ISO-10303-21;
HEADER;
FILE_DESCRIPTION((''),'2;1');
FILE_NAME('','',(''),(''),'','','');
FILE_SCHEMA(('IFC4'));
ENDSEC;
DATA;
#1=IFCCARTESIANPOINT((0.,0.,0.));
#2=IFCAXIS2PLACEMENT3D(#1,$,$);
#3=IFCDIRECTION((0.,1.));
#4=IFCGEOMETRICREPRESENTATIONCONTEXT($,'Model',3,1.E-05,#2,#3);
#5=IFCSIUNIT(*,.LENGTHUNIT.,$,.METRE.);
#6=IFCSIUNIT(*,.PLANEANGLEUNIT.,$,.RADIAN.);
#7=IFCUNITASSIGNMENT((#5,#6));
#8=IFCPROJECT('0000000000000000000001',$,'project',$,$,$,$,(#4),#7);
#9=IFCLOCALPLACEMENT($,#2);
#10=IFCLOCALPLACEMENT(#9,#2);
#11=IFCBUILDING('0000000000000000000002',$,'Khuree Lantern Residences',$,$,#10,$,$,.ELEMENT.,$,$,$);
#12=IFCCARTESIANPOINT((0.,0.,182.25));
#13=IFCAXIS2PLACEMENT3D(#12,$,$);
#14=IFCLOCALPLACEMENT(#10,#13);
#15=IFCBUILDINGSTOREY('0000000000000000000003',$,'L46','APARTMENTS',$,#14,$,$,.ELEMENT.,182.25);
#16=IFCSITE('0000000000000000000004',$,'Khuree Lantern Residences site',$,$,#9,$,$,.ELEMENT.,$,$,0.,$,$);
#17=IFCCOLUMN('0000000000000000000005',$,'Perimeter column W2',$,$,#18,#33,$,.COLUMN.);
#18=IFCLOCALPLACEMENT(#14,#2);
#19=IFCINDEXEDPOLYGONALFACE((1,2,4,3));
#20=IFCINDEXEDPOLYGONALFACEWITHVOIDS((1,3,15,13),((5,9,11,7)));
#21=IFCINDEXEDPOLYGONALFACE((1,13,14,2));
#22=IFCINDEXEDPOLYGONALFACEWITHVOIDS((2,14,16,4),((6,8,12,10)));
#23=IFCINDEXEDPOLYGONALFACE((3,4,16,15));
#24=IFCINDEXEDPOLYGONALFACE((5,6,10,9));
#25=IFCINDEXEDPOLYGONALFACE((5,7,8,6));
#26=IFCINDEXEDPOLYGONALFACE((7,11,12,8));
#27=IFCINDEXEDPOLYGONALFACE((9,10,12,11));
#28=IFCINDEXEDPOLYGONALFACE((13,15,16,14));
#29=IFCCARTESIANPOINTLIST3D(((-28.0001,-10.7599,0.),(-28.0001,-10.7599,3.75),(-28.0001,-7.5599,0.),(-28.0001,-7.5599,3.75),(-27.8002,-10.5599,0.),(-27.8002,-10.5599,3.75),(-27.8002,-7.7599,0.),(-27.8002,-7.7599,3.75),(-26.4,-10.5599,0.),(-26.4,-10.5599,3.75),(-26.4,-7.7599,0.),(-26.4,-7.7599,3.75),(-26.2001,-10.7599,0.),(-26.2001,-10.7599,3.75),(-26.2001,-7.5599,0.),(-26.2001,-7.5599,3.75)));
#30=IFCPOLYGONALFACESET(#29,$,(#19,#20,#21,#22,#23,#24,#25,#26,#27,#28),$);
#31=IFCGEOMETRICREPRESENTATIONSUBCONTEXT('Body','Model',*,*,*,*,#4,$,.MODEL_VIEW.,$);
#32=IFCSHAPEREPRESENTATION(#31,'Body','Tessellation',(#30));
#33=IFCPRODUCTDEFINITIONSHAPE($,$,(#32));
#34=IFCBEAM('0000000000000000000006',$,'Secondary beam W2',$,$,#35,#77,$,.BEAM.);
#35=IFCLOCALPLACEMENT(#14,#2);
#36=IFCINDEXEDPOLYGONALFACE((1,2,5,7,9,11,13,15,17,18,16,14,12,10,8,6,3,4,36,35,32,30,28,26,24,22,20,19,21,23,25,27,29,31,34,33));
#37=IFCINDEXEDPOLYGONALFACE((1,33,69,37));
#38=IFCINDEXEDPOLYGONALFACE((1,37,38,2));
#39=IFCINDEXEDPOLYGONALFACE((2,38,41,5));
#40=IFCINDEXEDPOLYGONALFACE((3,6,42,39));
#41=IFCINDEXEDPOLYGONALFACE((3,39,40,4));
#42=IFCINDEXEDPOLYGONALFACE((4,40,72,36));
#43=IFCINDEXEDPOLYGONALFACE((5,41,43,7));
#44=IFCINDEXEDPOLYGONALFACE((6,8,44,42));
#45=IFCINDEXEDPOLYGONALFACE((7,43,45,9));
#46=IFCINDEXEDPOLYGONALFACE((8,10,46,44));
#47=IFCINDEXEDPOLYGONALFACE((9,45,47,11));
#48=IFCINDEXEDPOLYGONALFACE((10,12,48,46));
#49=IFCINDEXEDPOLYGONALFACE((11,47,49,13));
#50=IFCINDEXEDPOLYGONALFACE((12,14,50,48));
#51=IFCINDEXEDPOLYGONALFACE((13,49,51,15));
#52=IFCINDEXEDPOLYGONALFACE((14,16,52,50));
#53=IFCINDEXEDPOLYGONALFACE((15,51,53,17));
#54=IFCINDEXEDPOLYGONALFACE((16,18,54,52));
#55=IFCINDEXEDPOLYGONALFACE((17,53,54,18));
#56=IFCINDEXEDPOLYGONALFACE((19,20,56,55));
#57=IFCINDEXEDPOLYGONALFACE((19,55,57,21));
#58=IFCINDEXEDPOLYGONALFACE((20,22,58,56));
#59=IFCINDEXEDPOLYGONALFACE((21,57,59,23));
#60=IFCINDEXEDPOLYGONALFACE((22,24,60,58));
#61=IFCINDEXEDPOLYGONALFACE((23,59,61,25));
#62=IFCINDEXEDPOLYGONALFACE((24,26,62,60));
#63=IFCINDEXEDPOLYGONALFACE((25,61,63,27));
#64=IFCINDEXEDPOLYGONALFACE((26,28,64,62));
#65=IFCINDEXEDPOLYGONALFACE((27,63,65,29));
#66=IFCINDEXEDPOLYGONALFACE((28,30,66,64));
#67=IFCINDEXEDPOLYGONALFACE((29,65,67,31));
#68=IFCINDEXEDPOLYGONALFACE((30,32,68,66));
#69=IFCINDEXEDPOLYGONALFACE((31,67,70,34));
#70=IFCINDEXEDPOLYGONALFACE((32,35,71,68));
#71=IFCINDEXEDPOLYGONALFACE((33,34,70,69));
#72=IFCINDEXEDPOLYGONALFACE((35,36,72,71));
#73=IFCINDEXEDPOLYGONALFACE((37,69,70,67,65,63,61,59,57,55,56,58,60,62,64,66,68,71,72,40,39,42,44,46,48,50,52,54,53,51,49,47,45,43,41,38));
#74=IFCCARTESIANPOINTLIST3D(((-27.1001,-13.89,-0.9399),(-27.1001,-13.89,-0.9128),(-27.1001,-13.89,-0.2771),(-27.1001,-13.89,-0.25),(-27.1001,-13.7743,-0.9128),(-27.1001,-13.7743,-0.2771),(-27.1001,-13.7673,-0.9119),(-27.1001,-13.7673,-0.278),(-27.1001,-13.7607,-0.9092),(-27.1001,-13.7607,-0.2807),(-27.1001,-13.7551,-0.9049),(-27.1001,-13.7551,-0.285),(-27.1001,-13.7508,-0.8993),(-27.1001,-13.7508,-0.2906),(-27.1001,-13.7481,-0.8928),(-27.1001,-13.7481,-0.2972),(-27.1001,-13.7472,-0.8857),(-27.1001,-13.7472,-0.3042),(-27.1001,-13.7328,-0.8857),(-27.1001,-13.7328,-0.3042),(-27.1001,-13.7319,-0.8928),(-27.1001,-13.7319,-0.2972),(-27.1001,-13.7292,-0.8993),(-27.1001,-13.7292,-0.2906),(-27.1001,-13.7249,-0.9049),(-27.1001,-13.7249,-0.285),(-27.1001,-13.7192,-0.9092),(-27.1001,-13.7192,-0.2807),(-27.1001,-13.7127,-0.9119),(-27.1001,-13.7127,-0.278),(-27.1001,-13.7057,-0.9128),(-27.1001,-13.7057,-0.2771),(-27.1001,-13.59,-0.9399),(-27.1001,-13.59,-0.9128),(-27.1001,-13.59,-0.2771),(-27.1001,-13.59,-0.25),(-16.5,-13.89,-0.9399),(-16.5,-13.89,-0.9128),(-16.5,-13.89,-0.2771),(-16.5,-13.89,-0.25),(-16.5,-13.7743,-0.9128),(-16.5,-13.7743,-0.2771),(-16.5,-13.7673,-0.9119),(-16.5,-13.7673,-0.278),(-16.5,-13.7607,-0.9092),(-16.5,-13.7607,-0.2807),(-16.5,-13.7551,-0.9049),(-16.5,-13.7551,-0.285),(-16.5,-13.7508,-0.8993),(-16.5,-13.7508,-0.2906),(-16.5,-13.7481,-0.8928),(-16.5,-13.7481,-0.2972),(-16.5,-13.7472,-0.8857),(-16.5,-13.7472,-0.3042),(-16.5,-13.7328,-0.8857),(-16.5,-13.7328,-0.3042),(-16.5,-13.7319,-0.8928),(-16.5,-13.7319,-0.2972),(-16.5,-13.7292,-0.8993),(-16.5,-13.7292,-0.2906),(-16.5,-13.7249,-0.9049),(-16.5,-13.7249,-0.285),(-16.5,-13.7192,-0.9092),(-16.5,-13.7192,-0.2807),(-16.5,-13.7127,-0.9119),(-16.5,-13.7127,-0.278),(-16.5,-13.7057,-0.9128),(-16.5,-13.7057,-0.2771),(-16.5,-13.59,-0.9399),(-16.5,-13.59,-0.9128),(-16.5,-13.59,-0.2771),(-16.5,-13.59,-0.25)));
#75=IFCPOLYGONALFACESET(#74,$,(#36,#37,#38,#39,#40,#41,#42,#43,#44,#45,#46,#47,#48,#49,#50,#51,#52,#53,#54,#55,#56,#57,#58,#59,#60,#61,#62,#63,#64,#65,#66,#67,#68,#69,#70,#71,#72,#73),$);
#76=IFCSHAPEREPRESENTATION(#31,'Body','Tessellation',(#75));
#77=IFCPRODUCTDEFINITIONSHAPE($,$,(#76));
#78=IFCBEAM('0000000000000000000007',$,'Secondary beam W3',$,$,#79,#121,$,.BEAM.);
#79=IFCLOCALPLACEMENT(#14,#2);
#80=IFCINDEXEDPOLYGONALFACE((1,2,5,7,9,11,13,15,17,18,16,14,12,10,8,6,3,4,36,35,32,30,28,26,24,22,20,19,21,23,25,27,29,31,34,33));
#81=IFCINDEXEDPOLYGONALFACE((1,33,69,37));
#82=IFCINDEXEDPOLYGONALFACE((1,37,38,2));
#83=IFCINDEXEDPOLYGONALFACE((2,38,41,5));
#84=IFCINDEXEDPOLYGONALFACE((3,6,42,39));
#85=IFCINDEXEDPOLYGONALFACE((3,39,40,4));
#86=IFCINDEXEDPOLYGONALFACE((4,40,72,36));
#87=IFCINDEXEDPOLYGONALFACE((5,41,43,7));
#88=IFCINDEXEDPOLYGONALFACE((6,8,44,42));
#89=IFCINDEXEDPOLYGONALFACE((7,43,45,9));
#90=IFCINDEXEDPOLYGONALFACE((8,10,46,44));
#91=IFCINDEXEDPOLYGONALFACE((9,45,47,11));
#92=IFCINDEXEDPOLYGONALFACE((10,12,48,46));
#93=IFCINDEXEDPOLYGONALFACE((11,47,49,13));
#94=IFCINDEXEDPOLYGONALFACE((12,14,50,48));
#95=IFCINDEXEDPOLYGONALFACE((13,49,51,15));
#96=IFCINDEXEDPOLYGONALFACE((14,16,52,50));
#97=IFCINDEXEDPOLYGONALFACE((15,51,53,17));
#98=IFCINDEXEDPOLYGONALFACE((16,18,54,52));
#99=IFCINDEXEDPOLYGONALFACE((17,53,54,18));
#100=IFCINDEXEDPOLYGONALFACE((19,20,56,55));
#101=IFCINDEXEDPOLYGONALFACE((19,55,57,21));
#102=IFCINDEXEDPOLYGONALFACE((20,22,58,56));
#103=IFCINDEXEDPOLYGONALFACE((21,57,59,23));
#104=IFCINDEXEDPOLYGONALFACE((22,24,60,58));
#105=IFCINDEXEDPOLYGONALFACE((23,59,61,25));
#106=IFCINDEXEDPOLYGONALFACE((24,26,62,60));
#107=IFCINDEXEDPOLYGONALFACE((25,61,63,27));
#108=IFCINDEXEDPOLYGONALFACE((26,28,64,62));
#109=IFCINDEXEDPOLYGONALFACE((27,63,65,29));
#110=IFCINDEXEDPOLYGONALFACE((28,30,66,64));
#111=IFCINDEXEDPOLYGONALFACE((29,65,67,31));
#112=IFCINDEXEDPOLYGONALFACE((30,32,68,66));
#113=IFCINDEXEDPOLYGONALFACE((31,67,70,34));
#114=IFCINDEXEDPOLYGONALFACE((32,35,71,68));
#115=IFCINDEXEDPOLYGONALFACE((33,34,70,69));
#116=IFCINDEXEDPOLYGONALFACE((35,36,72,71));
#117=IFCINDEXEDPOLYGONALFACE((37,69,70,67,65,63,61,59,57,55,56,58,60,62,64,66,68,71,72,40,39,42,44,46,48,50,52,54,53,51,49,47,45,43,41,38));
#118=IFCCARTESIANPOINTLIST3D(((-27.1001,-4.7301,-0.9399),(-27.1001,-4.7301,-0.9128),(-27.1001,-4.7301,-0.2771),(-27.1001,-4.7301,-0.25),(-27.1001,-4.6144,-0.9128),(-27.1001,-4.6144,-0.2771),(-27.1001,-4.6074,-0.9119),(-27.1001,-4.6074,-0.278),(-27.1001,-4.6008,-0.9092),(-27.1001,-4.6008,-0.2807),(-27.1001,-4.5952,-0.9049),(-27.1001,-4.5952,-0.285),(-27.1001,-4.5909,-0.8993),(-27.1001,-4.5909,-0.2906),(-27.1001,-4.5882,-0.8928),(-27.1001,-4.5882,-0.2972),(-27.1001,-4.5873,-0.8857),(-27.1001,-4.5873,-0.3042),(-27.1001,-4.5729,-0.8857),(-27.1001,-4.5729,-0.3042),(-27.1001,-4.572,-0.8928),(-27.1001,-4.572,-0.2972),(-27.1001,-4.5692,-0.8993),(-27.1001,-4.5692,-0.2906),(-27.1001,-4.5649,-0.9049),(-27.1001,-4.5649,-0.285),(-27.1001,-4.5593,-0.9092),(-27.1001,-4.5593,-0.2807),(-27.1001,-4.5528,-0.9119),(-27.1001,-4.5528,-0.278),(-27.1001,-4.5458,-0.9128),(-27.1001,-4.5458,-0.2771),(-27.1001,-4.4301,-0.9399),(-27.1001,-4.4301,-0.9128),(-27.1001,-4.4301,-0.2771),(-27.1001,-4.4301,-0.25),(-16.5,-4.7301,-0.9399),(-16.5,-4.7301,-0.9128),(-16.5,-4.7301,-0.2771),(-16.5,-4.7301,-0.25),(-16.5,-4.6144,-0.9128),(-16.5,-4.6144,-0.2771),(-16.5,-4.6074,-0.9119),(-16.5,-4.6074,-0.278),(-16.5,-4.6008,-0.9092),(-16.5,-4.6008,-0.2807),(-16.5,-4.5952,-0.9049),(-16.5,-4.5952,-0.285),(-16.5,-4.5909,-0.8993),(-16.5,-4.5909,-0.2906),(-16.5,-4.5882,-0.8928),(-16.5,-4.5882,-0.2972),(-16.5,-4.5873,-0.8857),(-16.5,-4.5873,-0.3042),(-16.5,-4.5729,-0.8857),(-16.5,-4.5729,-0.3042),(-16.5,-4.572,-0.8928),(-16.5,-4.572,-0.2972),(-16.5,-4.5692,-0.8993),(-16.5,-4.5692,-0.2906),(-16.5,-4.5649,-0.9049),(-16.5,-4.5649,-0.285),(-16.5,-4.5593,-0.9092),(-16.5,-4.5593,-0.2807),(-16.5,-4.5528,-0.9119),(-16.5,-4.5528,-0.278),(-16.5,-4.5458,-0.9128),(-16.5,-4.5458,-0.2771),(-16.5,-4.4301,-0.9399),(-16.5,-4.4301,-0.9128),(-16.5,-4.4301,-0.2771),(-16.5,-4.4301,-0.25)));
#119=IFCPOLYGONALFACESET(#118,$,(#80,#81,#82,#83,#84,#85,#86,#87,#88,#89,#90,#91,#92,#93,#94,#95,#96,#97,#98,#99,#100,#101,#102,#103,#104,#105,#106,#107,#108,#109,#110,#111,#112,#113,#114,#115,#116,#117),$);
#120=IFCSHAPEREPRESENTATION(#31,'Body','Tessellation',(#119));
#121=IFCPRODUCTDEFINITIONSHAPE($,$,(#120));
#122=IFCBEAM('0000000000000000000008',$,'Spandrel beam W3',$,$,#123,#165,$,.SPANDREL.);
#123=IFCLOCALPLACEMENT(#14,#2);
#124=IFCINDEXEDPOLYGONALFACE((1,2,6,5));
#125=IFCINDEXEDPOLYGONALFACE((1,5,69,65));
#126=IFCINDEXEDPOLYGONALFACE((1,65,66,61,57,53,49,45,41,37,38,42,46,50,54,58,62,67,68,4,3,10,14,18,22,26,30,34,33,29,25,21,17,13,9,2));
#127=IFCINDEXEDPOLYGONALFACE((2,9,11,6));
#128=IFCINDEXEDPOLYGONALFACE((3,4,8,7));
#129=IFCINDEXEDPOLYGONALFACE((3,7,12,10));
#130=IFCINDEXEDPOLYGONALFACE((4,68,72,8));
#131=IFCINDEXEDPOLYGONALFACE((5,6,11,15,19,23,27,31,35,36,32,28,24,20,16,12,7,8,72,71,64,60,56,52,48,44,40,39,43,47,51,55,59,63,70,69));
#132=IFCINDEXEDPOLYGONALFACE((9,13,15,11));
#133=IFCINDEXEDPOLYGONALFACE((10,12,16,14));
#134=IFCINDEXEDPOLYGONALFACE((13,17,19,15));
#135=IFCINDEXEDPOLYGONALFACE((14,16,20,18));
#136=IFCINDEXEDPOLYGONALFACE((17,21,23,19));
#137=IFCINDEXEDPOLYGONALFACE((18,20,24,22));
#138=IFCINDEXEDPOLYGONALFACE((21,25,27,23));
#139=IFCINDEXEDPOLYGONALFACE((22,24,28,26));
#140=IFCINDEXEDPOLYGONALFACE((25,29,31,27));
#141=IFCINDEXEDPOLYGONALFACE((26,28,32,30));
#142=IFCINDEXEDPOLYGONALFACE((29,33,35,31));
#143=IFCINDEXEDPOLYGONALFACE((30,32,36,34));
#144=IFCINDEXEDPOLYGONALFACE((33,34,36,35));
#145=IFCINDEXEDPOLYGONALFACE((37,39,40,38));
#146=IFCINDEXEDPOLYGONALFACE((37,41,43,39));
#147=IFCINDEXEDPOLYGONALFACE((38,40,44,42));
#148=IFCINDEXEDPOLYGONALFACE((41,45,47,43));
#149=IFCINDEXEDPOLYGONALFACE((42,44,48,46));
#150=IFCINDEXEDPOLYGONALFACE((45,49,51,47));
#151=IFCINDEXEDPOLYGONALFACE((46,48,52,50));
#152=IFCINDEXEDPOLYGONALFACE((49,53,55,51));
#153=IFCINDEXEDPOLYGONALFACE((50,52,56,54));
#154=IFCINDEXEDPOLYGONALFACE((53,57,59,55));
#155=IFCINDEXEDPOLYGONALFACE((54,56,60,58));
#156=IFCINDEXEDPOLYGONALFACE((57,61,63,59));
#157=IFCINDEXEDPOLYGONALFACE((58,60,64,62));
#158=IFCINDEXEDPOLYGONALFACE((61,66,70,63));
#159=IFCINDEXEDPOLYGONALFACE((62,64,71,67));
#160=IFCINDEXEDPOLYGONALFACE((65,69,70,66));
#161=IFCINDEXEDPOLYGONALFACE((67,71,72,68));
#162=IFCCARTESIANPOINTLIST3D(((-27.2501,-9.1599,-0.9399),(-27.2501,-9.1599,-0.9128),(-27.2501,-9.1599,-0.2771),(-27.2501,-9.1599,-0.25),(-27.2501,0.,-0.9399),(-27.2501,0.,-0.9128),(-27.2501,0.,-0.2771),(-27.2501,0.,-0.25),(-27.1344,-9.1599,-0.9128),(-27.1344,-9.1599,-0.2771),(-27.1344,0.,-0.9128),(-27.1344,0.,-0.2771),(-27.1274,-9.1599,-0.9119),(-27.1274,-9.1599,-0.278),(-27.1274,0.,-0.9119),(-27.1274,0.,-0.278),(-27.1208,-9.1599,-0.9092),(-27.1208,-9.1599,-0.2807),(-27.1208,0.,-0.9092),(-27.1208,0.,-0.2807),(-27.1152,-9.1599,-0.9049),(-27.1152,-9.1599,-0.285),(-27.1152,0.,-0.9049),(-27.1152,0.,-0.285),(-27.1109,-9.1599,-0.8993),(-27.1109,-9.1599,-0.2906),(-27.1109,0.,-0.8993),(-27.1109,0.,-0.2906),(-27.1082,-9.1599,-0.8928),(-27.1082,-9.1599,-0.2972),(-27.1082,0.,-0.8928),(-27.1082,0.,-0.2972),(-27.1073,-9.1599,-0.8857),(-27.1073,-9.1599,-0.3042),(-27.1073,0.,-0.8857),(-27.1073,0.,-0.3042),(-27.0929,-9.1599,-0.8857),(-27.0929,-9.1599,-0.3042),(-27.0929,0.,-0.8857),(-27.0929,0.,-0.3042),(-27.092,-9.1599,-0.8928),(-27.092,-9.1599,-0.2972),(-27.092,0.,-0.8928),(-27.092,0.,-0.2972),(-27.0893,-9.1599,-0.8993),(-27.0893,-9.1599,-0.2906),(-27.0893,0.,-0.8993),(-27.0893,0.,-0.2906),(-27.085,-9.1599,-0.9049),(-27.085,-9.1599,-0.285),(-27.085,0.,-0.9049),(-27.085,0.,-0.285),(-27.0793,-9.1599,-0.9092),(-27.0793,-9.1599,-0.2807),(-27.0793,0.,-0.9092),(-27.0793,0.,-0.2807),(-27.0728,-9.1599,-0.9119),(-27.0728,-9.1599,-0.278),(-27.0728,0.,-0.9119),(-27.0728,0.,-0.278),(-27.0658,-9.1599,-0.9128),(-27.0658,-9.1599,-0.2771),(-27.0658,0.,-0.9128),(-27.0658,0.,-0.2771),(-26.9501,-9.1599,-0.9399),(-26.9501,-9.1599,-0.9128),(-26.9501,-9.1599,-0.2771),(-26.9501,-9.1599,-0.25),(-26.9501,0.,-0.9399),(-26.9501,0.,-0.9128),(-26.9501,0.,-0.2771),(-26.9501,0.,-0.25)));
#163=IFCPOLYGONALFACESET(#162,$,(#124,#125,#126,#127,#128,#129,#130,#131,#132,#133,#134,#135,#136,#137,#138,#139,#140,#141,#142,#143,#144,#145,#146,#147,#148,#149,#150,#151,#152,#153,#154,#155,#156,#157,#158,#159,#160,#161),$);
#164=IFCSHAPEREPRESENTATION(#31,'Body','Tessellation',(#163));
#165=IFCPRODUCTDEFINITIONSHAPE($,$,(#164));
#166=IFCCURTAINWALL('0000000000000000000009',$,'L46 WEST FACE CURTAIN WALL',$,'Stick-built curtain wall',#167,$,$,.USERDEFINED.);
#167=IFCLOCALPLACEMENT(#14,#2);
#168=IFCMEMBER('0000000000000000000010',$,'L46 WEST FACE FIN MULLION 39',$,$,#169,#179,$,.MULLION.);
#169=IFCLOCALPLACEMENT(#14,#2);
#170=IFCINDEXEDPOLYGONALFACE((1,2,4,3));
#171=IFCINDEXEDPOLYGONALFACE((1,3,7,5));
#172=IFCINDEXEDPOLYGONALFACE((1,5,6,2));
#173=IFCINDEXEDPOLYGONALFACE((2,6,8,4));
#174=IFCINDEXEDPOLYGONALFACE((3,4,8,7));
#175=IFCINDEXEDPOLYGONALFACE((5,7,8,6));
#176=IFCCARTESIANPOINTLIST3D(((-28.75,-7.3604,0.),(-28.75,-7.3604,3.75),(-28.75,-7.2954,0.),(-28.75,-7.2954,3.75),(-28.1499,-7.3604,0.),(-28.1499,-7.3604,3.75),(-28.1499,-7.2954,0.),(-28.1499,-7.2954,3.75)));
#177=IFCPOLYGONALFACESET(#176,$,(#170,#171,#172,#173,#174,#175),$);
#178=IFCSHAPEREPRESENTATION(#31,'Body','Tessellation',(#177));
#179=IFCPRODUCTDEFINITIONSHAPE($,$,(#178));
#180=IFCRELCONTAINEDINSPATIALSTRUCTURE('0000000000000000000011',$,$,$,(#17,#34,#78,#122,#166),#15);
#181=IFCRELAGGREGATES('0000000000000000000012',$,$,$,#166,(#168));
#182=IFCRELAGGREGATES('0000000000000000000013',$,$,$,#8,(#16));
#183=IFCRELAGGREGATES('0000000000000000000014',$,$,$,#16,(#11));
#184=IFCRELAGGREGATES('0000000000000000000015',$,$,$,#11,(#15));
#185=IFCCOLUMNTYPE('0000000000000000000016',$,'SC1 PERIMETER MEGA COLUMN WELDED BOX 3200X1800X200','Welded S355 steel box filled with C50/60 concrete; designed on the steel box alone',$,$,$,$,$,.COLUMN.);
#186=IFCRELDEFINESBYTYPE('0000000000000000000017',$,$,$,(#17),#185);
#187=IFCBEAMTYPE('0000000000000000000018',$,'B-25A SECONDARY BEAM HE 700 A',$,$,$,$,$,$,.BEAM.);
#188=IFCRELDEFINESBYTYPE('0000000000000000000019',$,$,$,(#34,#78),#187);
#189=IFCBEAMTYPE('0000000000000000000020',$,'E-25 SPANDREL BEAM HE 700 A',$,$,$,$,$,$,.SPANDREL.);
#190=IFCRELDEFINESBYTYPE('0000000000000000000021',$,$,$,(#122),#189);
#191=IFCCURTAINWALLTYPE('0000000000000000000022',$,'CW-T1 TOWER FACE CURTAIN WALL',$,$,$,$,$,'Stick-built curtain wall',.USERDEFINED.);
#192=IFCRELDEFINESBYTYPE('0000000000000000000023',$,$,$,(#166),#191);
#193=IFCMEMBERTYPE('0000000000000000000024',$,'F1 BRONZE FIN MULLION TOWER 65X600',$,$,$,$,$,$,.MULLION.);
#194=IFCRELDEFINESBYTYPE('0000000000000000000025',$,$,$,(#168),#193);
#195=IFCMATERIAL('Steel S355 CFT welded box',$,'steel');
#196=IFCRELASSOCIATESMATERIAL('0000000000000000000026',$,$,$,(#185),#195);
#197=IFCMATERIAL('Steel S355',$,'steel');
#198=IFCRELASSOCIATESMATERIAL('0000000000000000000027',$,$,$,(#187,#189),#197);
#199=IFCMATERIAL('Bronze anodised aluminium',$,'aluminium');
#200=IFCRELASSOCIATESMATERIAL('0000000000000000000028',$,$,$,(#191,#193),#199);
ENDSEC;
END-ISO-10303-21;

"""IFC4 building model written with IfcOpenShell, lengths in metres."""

from ifc_helpers import new_model, si_unit, direction, frame, origin, origin_2d, place, context, subcontext, project, spatial, rectangle, hollow_rectangle, i_section, extrude, material, material_profile, profile_set, type_object, element, aggregate, save


model = new_model("IFC4")

# Units and contexts
model_context = context("Model", 3, precision=1e-05, world=origin(), true_north=direction((0.0, 1.0)))
body_context = subcontext(model_context, "Body", "Model", "MODEL_VIEW")
ifc_project = project(units=[si_unit("LENGTHUNIT", "METRE"), si_unit("PLANEANGLEUNIT", "RADIAN")], contexts=[model_context])

# Site, building, storey
site_placement = place(None, origin())
site = spatial("IfcSite", under=ifc_project, at=site_placement, Name="Khuree Lantern Residences site", CompositionType="ELEMENT", RefElevation=0.0)
building_placement = place(site_placement, origin())
building = spatial("IfcBuilding", under=site, at=building_placement, Name="Khuree Lantern Residences", CompositionType="ELEMENT")
storey_placement = place(building_placement, frame((0.0, 0.0, 182.25)))
storey = spatial("IfcBuildingStorey", under=building, at=storey_placement, Name="L46", Description="APARTMENTS", CompositionType="ELEMENT", Elevation=182.25)

# Column
ifc_material_1 = material(Name="Steel S355 CFT welded box", Category="steel")
ifc_material_profile_1 = material_profile(ifc_material_1, hollow_rectangle(XDim=3.2, YDim=1.8, WallThickness=0.2, at=origin_2d()), Name="WELDED BOX 3200X1800X200")
ifc_profile_set_1 = profile_set([ifc_material_profile_1], Name="Steel S355 CFT welded box")
column_type = type_object("IfcColumnType", Name="SC1 PERIMETER MEGA COLUMN WELDED BOX 3200X1800X200", Description="Welded S355 steel box filled with C50/60 concrete; designed on the steel box alone", PredefinedType="COLUMN", material=ifc_profile_set_1)
column_placement = place(storey_placement, frame((-27.1001, -9.1599, 0.0), z_axis=(0.0, 0.0, 1.0), x_axis=(0.0, 1.0, 0.0)))
element("IfcColumn", 1, at=column_placement, inside=storey, type_object=column_type, Name="Perimeter column W2", PredefinedType="COLUMN", context=body_context, shape_type="SweptSolid", body=[
    extrude(hollow_rectangle(XDim=3.2, YDim=1.8, WallThickness=0.2, at=origin_2d()), origin(), (0.0, 0.0, 1.0), 3.75),
])

# Beams
ifc_material_2 = material(Name="Steel S355", Category="steel")
ifc_material_profile_2 = material_profile(ifc_material_2, i_section(OverallWidth=0.3, OverallDepth=0.6899, WebThickness=0.0144, FlangeThickness=0.0271, FilletRadius=0.0271, at=origin_2d()), Name="HE 700 A")
ifc_profile_set_2 = profile_set([ifc_material_profile_2], Name="Steel S355")
beam_type_1 = type_object("IfcBeamType", Name="B-25A SECONDARY BEAM HE 700 A", PredefinedType="BEAM", material=ifc_profile_set_2)
for number, where, z_axis, x_axis, name in (
    (2, (-27.1001, -13.74, -0.595), (1.0, 0.0, 0.0), (0.0, 1.0, 0.0), "Secondary beam W2"),
    (3, (-27.1001, -4.5801, -0.595), (1.0, 0.0, 0.0), (0.0, 1.0, 0.0), "Secondary beam W3"),
):
    element("IfcBeam", number, at=place(storey_placement, frame(where, z_axis=z_axis, x_axis=x_axis)), inside=storey, type_object=beam_type_1, Name=name, PredefinedType="BEAM", context=body_context, shape_type="SweptSolid", body=[
        extrude(i_section(OverallWidth=0.3, OverallDepth=0.6899, WebThickness=0.0144, FlangeThickness=0.0271, FilletRadius=0.0271, at=origin_2d()), origin(), (0.0, 0.0, 1.0), 10.6001),
    ])
ifc_material_profile_3 = material_profile(ifc_material_2, i_section(OverallWidth=0.3, OverallDepth=0.6899, WebThickness=0.0144, FlangeThickness=0.0271, FilletRadius=0.0271, at=origin_2d()), Name="HE 700 A")
ifc_profile_set_3 = profile_set([ifc_material_profile_3], Name="Steel S355")
beam_type_2 = type_object("IfcBeamType", Name="E-25 SPANDREL BEAM HE 700 A", PredefinedType="SPANDREL", material=ifc_profile_set_3)
beam_1_placement = place(storey_placement, frame((-27.1001, -9.1599, -0.595), z_axis=(0.0, 1.0, 0.0), x_axis=(-1.0, 0.0, 0.0)))
element("IfcBeam", 4, at=beam_1_placement, inside=storey, type_object=beam_type_2, Name="Spandrel beam W3", PredefinedType="SPANDREL", context=body_context, shape_type="SweptSolid", body=[
    extrude(i_section(OverallWidth=0.3, OverallDepth=0.6899, WebThickness=0.0144, FlangeThickness=0.0271, FilletRadius=0.0271, at=origin_2d()), origin(), (0.0, 0.0, 1.0), 9.1599),
])

# Curtain wall, member
ifc_material_3 = material(Name="Bronze anodised aluminium", Category="aluminium")
curtain_wall_type = type_object("IfcCurtainWallType", Name="CW-T1 TOWER FACE CURTAIN WALL", ElementType="Stick-built curtain wall", PredefinedType="USERDEFINED", material=ifc_material_3)
curtain_wall_placement = place(storey_placement, origin())
curtain_wall = element("IfcCurtainWall", 5, at=curtain_wall_placement, inside=storey, type_object=curtain_wall_type, Name="L46 WEST FACE CURTAIN WALL", ObjectType="Stick-built curtain wall", PredefinedType="USERDEFINED")
ifc_material_profile_4 = material_profile(ifc_material_3, rectangle(XDim=0.0649, YDim=0.6001, at=origin_2d()), Name="F1 65X600")
ifc_profile_set_4 = profile_set([ifc_material_profile_4], Name="Bronze anodised aluminium")
member_type_1 = type_object("IfcMemberType", Name="F1 BRONZE FIN MULLION TOWER 65X600", PredefinedType="MULLION", material=ifc_profile_set_4)
member_1_placement = place(storey_placement, frame((-28.45, -7.3279, 0.0), z_axis=(0.0, 0.0, 1.0), x_axis=(0.0, -1.0, 0.0)))
member_1 = element("IfcMember", 6, at=member_1_placement, type_object=member_type_1, Name="L46 WEST FACE FIN MULLION 39", PredefinedType="MULLION", context=body_context, shape_type="SweptSolid", body=[
    extrude(rectangle(XDim=0.0649, YDim=0.6001, at=origin_2d()), origin(), (0.0, 0.0, 1.0), 3.75),
])

aggregate(curtain_wall, [member_1])

save(model, "model.ifc")
